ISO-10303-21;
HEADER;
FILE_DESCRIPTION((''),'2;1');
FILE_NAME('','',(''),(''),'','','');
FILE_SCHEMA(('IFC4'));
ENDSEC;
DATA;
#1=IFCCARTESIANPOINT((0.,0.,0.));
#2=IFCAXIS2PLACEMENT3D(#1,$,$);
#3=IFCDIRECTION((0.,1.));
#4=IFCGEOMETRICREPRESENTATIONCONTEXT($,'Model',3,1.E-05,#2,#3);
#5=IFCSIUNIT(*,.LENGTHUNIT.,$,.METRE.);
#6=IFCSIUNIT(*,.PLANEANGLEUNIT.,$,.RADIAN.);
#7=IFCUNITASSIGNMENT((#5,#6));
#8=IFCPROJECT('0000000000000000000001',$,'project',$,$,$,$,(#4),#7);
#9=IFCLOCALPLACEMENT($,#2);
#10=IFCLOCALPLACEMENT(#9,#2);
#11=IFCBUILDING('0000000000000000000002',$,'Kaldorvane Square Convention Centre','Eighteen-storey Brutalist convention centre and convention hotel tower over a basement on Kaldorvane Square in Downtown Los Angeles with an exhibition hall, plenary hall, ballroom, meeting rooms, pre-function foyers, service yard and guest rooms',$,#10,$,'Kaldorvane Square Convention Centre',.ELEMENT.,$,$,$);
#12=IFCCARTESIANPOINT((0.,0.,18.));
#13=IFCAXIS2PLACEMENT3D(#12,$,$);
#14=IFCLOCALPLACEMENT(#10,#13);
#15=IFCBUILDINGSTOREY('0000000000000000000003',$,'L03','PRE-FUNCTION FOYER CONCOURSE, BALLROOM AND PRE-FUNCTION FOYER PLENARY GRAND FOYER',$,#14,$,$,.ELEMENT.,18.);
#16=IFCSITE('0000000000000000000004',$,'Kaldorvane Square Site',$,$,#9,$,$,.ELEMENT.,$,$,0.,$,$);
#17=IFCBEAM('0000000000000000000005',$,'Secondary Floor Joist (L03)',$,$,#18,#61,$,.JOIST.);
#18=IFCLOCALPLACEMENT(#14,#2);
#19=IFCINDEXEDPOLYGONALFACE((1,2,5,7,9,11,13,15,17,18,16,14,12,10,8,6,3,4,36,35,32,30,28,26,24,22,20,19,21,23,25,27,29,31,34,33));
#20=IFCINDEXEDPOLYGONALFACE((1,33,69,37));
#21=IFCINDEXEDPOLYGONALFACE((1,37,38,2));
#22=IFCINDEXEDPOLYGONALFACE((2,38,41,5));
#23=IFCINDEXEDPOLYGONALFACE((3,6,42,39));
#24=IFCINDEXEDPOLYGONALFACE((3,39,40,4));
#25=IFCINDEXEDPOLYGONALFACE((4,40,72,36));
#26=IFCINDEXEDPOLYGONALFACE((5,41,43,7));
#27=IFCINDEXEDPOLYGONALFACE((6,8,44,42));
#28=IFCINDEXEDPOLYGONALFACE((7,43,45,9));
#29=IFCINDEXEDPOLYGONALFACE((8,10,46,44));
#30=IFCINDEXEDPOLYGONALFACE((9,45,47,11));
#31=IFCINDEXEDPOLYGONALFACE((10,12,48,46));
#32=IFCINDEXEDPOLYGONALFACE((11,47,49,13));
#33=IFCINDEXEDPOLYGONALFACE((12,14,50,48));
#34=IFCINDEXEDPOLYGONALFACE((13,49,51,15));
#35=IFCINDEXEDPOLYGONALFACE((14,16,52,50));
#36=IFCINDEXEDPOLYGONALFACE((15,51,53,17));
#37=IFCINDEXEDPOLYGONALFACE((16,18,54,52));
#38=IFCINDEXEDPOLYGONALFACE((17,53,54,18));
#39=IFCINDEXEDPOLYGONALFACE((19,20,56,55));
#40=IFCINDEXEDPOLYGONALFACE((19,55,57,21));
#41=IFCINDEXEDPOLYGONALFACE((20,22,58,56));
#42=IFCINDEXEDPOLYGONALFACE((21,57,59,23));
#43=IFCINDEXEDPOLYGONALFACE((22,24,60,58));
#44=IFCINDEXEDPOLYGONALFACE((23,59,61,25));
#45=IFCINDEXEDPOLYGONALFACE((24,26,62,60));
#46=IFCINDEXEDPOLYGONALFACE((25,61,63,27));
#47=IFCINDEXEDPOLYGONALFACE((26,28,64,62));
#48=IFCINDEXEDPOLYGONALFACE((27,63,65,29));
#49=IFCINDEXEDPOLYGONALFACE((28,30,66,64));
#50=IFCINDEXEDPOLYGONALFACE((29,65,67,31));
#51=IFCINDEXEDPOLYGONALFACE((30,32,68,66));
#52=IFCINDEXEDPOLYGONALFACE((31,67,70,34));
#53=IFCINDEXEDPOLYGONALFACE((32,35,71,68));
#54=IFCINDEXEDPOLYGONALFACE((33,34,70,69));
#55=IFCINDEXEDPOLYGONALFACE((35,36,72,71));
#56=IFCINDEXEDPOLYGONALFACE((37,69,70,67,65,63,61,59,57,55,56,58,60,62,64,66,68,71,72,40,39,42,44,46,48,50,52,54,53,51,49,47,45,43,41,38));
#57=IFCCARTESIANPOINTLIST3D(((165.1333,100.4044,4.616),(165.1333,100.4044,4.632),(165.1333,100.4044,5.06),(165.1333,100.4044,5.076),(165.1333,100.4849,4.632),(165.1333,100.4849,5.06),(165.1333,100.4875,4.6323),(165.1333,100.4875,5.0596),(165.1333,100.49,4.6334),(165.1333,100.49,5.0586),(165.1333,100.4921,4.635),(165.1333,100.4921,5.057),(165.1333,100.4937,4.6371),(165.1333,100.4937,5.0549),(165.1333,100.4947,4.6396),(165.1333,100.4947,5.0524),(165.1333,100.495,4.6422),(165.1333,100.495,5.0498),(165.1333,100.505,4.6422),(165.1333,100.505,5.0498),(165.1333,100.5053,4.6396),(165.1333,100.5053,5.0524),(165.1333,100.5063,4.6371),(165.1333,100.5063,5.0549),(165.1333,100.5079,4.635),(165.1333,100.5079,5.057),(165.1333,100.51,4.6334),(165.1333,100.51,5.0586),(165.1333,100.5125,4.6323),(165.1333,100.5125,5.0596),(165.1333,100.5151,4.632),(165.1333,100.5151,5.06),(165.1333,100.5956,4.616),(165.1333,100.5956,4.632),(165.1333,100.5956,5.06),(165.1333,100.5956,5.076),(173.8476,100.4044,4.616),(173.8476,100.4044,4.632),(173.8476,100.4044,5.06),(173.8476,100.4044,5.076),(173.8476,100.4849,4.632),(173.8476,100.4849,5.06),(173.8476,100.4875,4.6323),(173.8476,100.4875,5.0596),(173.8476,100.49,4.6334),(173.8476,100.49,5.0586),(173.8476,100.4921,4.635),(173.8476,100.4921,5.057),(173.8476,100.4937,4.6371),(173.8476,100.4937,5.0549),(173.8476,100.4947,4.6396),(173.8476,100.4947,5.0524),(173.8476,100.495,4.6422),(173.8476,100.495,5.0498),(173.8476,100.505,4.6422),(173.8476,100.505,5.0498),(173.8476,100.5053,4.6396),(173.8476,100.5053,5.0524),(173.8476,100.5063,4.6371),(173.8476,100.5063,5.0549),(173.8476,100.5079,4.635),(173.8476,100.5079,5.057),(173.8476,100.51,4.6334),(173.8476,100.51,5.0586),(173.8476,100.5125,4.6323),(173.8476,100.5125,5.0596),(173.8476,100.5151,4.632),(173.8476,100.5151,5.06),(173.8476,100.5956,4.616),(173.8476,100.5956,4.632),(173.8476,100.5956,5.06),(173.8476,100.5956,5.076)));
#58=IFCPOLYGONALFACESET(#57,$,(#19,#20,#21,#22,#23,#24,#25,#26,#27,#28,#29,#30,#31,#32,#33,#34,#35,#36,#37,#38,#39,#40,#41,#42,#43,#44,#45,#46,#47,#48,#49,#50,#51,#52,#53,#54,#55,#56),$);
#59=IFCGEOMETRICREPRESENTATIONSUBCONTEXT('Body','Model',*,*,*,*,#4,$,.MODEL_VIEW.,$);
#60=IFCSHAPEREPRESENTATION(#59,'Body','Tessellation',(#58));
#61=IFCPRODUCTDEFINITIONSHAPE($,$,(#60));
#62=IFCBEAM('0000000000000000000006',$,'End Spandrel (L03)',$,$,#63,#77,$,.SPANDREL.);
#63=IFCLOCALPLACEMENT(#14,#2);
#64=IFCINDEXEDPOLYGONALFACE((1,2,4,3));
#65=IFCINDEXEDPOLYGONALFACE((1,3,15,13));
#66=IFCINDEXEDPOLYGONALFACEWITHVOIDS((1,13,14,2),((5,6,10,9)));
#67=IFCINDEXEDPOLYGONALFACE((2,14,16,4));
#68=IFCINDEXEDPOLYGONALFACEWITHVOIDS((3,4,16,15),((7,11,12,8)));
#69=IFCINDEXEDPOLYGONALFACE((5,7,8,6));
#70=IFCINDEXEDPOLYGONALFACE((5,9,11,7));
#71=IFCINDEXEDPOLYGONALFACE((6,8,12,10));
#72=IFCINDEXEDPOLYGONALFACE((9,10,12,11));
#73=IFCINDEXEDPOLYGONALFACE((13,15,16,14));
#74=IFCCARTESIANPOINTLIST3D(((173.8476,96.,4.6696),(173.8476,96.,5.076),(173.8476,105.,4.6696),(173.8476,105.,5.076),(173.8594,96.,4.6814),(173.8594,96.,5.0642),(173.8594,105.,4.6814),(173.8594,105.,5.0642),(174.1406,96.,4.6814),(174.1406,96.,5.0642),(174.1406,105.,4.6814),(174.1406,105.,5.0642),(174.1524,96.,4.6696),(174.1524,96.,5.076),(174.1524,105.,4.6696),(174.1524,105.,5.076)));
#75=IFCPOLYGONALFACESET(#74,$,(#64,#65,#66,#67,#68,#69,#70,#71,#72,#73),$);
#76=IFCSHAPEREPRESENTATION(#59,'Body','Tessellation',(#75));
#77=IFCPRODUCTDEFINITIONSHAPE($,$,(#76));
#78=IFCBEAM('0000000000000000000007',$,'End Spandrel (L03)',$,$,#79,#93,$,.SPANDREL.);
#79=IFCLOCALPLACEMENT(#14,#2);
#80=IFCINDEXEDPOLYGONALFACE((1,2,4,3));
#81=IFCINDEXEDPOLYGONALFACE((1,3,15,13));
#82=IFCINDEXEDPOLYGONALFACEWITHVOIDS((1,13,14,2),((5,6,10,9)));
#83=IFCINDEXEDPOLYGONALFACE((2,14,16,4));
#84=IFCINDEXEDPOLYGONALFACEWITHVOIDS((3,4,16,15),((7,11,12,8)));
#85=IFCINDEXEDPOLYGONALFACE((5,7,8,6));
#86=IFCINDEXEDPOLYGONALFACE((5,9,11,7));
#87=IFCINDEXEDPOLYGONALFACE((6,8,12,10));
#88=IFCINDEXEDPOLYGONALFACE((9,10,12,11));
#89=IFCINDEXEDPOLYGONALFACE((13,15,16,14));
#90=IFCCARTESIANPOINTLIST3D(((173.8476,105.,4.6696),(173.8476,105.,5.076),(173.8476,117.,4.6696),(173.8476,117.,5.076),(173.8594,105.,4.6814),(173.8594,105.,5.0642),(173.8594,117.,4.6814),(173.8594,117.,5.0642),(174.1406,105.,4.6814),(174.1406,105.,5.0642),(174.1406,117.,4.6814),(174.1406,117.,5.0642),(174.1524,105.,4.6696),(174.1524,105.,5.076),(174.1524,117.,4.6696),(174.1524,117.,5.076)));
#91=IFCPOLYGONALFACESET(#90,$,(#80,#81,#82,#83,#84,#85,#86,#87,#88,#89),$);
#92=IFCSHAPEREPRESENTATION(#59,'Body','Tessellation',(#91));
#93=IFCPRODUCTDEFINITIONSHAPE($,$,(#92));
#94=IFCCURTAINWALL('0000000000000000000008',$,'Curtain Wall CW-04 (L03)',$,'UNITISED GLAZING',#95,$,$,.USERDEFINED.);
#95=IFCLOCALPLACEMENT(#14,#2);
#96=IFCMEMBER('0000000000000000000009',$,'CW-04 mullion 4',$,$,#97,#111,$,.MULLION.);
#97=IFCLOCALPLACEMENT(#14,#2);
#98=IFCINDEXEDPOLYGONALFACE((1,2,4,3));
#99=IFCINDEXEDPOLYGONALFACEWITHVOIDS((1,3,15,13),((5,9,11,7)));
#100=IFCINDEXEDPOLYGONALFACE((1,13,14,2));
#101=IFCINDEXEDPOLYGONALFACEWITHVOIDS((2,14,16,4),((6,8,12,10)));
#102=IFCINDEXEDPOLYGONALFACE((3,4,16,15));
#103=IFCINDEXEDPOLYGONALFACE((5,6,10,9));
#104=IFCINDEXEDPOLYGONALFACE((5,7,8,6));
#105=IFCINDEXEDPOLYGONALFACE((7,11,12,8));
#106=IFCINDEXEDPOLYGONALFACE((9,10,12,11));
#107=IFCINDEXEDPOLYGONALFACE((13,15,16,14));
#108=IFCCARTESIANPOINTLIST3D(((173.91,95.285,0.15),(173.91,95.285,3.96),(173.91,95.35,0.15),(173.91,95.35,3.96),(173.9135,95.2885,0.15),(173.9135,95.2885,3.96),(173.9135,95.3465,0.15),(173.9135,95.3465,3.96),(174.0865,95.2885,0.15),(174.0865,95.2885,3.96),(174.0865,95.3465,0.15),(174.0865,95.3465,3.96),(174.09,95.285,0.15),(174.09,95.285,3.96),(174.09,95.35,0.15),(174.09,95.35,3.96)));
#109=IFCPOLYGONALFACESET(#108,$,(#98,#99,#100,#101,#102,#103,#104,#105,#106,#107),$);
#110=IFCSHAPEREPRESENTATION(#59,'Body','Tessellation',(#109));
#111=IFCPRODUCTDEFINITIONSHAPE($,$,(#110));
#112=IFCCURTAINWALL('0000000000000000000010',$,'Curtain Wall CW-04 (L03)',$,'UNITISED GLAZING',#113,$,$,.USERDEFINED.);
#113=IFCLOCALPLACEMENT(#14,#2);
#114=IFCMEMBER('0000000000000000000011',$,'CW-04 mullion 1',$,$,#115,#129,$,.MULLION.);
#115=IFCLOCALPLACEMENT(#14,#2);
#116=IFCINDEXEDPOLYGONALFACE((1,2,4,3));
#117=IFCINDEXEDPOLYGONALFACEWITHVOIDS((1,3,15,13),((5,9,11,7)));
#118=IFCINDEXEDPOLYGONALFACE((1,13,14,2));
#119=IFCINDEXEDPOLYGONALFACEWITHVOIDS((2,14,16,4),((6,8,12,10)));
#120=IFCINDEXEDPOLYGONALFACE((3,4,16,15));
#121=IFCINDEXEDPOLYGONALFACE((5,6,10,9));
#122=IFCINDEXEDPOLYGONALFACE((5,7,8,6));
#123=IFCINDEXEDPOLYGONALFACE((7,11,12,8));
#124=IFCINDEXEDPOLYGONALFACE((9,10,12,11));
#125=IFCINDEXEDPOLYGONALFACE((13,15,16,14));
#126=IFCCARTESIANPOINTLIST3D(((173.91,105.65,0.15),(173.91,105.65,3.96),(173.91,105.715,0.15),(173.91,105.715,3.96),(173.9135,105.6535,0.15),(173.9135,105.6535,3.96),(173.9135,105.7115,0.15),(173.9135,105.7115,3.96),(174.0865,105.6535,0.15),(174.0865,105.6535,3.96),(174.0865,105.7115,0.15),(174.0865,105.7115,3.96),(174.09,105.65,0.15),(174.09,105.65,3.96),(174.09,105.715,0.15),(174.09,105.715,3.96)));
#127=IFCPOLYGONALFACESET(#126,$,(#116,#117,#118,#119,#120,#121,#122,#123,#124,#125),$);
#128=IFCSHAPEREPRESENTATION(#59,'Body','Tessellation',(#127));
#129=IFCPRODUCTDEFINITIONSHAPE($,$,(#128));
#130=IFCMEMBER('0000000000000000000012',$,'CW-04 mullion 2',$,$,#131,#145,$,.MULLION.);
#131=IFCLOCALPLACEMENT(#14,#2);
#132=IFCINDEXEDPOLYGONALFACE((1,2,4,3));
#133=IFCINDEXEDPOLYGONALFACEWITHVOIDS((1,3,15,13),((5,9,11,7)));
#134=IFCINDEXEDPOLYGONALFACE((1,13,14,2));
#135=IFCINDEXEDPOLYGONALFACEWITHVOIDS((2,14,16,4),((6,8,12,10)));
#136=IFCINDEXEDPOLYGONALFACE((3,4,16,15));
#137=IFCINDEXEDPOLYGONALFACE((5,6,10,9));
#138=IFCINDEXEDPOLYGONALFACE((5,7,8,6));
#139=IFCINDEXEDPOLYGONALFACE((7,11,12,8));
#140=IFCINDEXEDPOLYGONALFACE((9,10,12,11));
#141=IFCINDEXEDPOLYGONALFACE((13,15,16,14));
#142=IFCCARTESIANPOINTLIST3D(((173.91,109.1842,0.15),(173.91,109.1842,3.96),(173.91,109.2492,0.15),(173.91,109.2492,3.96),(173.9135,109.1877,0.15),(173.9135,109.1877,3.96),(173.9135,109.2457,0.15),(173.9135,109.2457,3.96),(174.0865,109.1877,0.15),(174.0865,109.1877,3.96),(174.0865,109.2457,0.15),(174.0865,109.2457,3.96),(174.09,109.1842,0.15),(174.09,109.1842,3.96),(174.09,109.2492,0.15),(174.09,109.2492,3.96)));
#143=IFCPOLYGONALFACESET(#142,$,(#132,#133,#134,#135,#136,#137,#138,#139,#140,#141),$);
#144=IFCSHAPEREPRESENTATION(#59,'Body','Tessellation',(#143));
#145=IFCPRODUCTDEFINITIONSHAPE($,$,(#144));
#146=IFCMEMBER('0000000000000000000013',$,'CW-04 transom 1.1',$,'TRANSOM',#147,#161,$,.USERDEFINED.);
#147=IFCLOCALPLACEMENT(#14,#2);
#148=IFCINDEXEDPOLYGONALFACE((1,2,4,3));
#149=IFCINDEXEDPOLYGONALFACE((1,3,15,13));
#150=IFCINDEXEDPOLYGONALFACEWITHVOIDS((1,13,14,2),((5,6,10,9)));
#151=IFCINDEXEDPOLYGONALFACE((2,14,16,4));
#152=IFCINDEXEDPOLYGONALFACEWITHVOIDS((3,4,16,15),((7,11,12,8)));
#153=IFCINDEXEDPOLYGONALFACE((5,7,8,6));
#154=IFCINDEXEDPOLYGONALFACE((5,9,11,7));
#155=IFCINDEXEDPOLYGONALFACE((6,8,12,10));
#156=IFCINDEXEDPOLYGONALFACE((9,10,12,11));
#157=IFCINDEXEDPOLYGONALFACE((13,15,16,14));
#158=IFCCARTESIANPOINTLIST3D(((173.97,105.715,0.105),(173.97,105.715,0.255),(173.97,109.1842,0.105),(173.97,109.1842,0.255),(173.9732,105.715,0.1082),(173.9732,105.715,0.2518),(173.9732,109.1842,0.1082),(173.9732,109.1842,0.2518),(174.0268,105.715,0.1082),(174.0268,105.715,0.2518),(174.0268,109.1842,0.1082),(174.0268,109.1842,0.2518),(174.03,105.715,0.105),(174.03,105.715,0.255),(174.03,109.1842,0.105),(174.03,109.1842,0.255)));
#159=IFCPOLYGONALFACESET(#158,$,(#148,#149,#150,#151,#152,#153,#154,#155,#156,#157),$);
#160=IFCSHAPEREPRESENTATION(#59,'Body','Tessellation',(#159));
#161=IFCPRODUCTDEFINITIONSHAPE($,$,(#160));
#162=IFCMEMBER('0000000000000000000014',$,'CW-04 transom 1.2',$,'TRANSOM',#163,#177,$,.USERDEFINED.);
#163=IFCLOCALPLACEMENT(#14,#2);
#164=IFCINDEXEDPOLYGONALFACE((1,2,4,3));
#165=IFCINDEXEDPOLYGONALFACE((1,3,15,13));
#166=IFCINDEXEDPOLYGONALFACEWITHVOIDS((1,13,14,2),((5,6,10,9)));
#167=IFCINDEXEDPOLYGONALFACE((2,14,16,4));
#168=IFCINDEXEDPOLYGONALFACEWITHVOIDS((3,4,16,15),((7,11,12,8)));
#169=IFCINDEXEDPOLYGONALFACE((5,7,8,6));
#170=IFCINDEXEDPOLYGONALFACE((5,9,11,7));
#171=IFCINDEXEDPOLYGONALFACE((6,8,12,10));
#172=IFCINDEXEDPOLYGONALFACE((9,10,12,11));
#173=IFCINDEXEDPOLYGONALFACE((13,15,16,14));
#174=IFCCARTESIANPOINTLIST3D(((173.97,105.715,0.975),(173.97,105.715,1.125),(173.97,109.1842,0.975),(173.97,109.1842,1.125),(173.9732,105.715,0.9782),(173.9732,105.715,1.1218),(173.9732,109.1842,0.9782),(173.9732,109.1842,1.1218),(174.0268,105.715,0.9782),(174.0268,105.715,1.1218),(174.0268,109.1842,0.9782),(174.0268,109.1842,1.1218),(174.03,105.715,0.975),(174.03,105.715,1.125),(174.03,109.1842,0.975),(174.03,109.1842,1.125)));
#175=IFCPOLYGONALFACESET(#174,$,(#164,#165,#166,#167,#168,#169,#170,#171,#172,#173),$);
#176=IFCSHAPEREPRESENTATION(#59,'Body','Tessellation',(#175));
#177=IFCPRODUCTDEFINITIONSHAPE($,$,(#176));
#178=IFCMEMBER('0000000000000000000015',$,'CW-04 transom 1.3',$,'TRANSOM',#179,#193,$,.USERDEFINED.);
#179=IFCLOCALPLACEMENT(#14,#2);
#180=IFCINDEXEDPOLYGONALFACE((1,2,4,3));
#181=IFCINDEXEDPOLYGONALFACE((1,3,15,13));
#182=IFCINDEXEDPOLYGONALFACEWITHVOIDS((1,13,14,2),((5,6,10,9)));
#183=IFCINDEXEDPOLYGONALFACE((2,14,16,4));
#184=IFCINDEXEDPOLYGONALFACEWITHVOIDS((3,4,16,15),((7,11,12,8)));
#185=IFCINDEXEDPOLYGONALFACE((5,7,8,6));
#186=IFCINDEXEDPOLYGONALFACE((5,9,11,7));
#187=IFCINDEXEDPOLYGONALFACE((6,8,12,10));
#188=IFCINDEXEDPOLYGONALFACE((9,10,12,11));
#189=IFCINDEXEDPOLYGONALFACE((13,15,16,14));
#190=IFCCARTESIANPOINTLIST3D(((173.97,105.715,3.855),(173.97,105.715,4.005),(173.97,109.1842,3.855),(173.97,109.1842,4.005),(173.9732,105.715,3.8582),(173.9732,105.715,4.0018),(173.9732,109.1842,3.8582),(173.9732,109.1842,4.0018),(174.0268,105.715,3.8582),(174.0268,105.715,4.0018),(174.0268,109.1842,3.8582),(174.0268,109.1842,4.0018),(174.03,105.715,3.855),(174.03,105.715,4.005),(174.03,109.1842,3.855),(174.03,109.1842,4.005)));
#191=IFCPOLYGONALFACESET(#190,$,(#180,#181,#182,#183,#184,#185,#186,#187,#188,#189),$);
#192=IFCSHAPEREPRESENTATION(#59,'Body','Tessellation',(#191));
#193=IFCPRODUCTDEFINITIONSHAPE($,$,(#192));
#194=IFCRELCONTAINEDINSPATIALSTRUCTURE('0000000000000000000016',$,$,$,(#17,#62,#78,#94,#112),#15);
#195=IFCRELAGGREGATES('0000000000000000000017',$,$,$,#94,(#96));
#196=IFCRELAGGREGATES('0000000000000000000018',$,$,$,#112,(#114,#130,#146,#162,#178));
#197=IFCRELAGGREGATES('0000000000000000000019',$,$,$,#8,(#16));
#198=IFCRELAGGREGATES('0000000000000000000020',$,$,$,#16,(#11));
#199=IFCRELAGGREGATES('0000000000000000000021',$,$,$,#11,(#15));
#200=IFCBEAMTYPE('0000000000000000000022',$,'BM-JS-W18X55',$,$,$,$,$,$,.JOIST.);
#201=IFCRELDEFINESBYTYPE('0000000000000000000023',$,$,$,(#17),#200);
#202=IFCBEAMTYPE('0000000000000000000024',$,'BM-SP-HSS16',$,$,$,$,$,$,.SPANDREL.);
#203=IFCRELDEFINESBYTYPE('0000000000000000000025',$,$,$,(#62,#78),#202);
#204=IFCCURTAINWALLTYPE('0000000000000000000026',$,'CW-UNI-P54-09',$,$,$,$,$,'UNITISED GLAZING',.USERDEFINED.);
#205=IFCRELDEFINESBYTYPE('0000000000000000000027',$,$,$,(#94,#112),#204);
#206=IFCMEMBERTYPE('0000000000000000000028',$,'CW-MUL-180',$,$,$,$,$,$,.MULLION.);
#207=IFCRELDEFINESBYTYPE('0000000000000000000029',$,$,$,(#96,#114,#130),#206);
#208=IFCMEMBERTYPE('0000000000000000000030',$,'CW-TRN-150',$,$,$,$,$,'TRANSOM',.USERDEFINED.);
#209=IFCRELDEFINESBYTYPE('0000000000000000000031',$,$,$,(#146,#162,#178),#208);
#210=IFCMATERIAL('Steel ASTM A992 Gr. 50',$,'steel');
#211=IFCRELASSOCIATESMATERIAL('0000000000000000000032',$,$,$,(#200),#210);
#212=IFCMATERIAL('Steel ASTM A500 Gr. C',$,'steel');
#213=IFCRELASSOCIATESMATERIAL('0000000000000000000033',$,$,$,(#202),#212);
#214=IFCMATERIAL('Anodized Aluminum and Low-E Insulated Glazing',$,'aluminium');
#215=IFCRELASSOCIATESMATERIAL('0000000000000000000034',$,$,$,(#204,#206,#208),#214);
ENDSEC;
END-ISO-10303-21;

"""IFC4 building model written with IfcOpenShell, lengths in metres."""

from ifc_helpers import new_model, si_unit, direction, frame, origin, origin_2d, place, context, subcontext, project, spatial, hollow_rectangle, i_section, extrude, material, material_profile, profile_set, type_object, element, aggregate, save


model = new_model("IFC4")

# Units and contexts
model_context = context("Model", 3, precision=1e-05, world=origin(), true_north=direction((0.0, 1.0)))
body_context = subcontext(model_context, "Body", "Model", "MODEL_VIEW")
ifc_project = project(units=[si_unit("LENGTHUNIT", "METRE"), si_unit("PLANEANGLEUNIT", "RADIAN")], contexts=[model_context])

# Site, building, storey
site_placement = place(None, origin())
site = spatial("IfcSite", under=ifc_project, at=site_placement, Name="Kaldorvane Square Site", CompositionType="ELEMENT", RefElevation=0.0)
building_placement = place(site_placement, origin())
building = spatial("IfcBuilding", under=site, at=building_placement, Name="Kaldorvane Square Convention Centre", Description="Eighteen-storey Brutalist convention centre and convention hotel tower over a basement on Kaldorvane Square in Downtown Los Angeles with an exhibition hall, plenary hall, ballroom, meeting rooms, pre-function foyers, service yard and guest rooms", LongName="Kaldorvane Square Convention Centre", CompositionType="ELEMENT")
storey_placement = place(building_placement, frame((0.0, 0.0, 18.0)))
storey = spatial("IfcBuildingStorey", under=building, at=storey_placement, Name="L03", Description="PRE-FUNCTION FOYER CONCOURSE, BALLROOM AND PRE-FUNCTION FOYER PLENARY GRAND FOYER", CompositionType="ELEMENT", Elevation=18.0)

# Shared definitions
ifc_material_1 = material(Name="Steel ASTM A992 Gr. 50", Category="steel")

# Beams
ifc_material_profile_1 = material_profile(ifc_material_1, i_section(OverallWidth=0.1913, OverallDepth=0.46, WebThickness=0.0099, FlangeThickness=0.016, FilletRadius=0.0102, at=origin_2d()), Name="W18X55")
ifc_profile_set_1 = profile_set([ifc_material_profile_1], Name="Steel ASTM A992 Gr. 50")
beam_type_1 = type_object("IfcBeamType", Name="BM-JS-W18X55", PredefinedType="JOIST", material=ifc_profile_set_1)
beam_1_placement = place(storey_placement, frame((165.1333, 100.5, 4.846), z_axis=(1.0, 0.0, 0.0), x_axis=(0.0, 1.0, 0.0)))
element("IfcBeam", 1, at=beam_1_placement, inside=storey, type_object=beam_type_1, Name="Secondary Floor Joist (L03)", PredefinedType="JOIST", context=body_context, shape_type="SweptSolid", body=[
    extrude(i_section(OverallWidth=0.1913, OverallDepth=0.46, WebThickness=0.0099, FlangeThickness=0.016, FilletRadius=0.0102, at=origin_2d()), origin(), (0.0, 0.0, 1.0), 8.7143),
])
ifc_material_2 = material(Name="Steel ASTM A500 Gr. C", Category="steel")
ifc_material_profile_2 = material_profile(ifc_material_2, hollow_rectangle(XDim=0.3048, YDim=0.4064, WallThickness=0.0118, at=origin_2d()), Name="HSS16X12X1/2")
ifc_profile_set_2 = profile_set([ifc_material_profile_2], Name="Steel ASTM A500 Gr. C")
beam_type_2 = type_object("IfcBeamType", Name="BM-SP-HSS16", PredefinedType="SPANDREL", material=ifc_profile_set_2)
beam_2_placement = place(storey_placement, frame((174.0, 96.0, 4.8728), z_axis=(0.0, 1.0, 0.0), x_axis=(-1.0, 0.0, 0.0)))
element("IfcBeam", 2, at=beam_2_placement, inside=storey, type_object=beam_type_2, Name="End Spandrel (L03)", PredefinedType="SPANDREL", context=body_context, shape_type="SweptSolid", body=[
    extrude(hollow_rectangle(XDim=0.3048, YDim=0.4064, WallThickness=0.0118, at=origin_2d()), origin(), (0.0, 0.0, 1.0), 9.0),
])
beam_3_placement = place(storey_placement, frame((174.0, 105.0, 4.8728), z_axis=(0.0, 1.0, 0.0), x_axis=(-1.0, 0.0, 0.0)))
element("IfcBeam", 3, at=beam_3_placement, inside=storey, type_object=beam_type_2, Name="End Spandrel (L03)", PredefinedType="SPANDREL", context=body_context, shape_type="SweptSolid", body=[
    extrude(hollow_rectangle(XDim=0.3048, YDim=0.4064, WallThickness=0.0118, at=origin_2d()), origin(), (0.0, 0.0, 1.0), 12.0),
])

# Curtain wall, member
ifc_material_3 = material(Name="Anodized Aluminum and Low-E Insulated Glazing", Category="aluminium")
curtain_wall_type = type_object("IfcCurtainWallType", Name="CW-UNI-P54-09", ElementType="UNITISED GLAZING", PredefinedType="USERDEFINED", material=ifc_material_3)
curtain_wall_1_placement = place(storey_placement, origin())
curtain_wall_1 = element("IfcCurtainWall", 4, at=curtain_wall_1_placement, inside=storey, type_object=curtain_wall_type, Name="Curtain Wall CW-04 (L03)", ObjectType="UNITISED GLAZING", PredefinedType="USERDEFINED")
ifc_material_profile_3 = material_profile(ifc_material_3, hollow_rectangle(XDim=0.065, YDim=0.18, WallThickness=0.0035, at=origin_2d()), Name="CWM-180X65")
ifc_profile_set_3 = profile_set([ifc_material_profile_3], Name="Anodized Aluminum and Low-E Insulated Glazing")
member_type_1 = type_object("IfcMemberType", Name="CW-MUL-180", PredefinedType="MULLION", material=ifc_profile_set_3)
member_1_placement = place(storey_placement, frame((174.0, 95.3175, 0.15), z_axis=(0.0, 0.0, 1.0), x_axis=(0.0, 1.0, 0.0)))
member_1 = element("IfcMember", 5, at=member_1_placement, type_object=member_type_1, Name="CW-04 mullion 4", PredefinedType="MULLION", context=body_context, shape_type="SweptSolid", body=[
    extrude(hollow_rectangle(XDim=0.065, YDim=0.18, WallThickness=0.0035, at=origin_2d()), origin(), (0.0, 0.0, 1.0), 3.81),
])

# Curtain wall, members
curtain_wall_2_placement = place(storey_placement, origin())
curtain_wall_2 = element("IfcCurtainWall", 6, at=curtain_wall_2_placement, inside=storey, type_object=curtain_wall_type, Name="Curtain Wall CW-04 (L03)", ObjectType="UNITISED GLAZING", PredefinedType="USERDEFINED")
member_2_placement = place(storey_placement, frame((174.0, 105.6825, 0.15), z_axis=(0.0, 0.0, 1.0), x_axis=(0.0, 1.0, 0.0)))
member_2 = element("IfcMember", 7, at=member_2_placement, type_object=member_type_1, Name="CW-04 mullion 1", PredefinedType="MULLION", context=body_context, shape_type="SweptSolid", body=[
    extrude(hollow_rectangle(XDim=0.065, YDim=0.18, WallThickness=0.0035, at=origin_2d()), origin(), (0.0, 0.0, 1.0), 3.81),
])
member_3_placement = place(storey_placement, frame((174.0, 109.2167, 0.15), z_axis=(0.0, 0.0, 1.0), x_axis=(0.0, 1.0, 0.0)))
member_3 = element("IfcMember", 8, at=member_3_placement, type_object=member_type_1, Name="CW-04 mullion 2", PredefinedType="MULLION", context=body_context, shape_type="SweptSolid", body=[
    extrude(hollow_rectangle(XDim=0.065, YDim=0.18, WallThickness=0.0035, at=origin_2d()), origin(), (0.0, 0.0, 1.0), 3.81),
])
ifc_material_profile_4 = material_profile(ifc_material_3, hollow_rectangle(XDim=0.06, YDim=0.15, WallThickness=0.0032, at=origin_2d()), Name="CWT-150X60")
ifc_profile_set_4 = profile_set([ifc_material_profile_4], Name="Anodized Aluminum and Low-E Insulated Glazing")
member_type_2 = type_object("IfcMemberType", Name="CW-TRN-150", ElementType="TRANSOM", PredefinedType="USERDEFINED", material=ifc_profile_set_4)
member_4_placement = place(storey_placement, frame((174.0, 105.715, 0.18), z_axis=(0.0, 1.0, 0.0), x_axis=(-1.0, 0.0, 0.0)))
member_4 = element("IfcMember", 9, at=member_4_placement, type_object=member_type_2, Name="CW-04 transom 1.1", ObjectType="TRANSOM", PredefinedType="USERDEFINED", context=body_context, shape_type="SweptSolid", body=[
    extrude(hollow_rectangle(XDim=0.06, YDim=0.15, WallThickness=0.0032, at=origin_2d()), origin(), (0.0, 0.0, 1.0), 3.4692),
])
member_5_placement = place(storey_placement, frame((174.0, 105.715, 1.05), z_axis=(0.0, 1.0, 0.0), x_axis=(-1.0, 0.0, 0.0)))
member_5 = element("IfcMember", 10, at=member_5_placement, type_object=member_type_2, Name="CW-04 transom 1.2", ObjectType="TRANSOM", PredefinedType="USERDEFINED", context=body_context, shape_type="SweptSolid", body=[
    extrude(hollow_rectangle(XDim=0.06, YDim=0.15, WallThickness=0.0032, at=origin_2d()), origin(), (0.0, 0.0, 1.0), 3.4692),
])
member_6_placement = place(storey_placement, frame((174.0, 105.715, 3.93), z_axis=(0.0, 1.0, 0.0), x_axis=(-1.0, 0.0, 0.0)))
member_6 = element("IfcMember", 11, at=member_6_placement, type_object=member_type_2, Name="CW-04 transom 1.3", ObjectType="TRANSOM", PredefinedType="USERDEFINED", context=body_context, shape_type="SweptSolid", body=[
    extrude(hollow_rectangle(XDim=0.06, YDim=0.15, WallThickness=0.0032, at=origin_2d()), origin(), (0.0, 0.0, 1.0), 3.4692),
])

aggregate(curtain_wall_1, [member_1])
aggregate(curtain_wall_2, [member_2, member_3, member_4, member_5, member_6])

save(model, "model.ifc")
